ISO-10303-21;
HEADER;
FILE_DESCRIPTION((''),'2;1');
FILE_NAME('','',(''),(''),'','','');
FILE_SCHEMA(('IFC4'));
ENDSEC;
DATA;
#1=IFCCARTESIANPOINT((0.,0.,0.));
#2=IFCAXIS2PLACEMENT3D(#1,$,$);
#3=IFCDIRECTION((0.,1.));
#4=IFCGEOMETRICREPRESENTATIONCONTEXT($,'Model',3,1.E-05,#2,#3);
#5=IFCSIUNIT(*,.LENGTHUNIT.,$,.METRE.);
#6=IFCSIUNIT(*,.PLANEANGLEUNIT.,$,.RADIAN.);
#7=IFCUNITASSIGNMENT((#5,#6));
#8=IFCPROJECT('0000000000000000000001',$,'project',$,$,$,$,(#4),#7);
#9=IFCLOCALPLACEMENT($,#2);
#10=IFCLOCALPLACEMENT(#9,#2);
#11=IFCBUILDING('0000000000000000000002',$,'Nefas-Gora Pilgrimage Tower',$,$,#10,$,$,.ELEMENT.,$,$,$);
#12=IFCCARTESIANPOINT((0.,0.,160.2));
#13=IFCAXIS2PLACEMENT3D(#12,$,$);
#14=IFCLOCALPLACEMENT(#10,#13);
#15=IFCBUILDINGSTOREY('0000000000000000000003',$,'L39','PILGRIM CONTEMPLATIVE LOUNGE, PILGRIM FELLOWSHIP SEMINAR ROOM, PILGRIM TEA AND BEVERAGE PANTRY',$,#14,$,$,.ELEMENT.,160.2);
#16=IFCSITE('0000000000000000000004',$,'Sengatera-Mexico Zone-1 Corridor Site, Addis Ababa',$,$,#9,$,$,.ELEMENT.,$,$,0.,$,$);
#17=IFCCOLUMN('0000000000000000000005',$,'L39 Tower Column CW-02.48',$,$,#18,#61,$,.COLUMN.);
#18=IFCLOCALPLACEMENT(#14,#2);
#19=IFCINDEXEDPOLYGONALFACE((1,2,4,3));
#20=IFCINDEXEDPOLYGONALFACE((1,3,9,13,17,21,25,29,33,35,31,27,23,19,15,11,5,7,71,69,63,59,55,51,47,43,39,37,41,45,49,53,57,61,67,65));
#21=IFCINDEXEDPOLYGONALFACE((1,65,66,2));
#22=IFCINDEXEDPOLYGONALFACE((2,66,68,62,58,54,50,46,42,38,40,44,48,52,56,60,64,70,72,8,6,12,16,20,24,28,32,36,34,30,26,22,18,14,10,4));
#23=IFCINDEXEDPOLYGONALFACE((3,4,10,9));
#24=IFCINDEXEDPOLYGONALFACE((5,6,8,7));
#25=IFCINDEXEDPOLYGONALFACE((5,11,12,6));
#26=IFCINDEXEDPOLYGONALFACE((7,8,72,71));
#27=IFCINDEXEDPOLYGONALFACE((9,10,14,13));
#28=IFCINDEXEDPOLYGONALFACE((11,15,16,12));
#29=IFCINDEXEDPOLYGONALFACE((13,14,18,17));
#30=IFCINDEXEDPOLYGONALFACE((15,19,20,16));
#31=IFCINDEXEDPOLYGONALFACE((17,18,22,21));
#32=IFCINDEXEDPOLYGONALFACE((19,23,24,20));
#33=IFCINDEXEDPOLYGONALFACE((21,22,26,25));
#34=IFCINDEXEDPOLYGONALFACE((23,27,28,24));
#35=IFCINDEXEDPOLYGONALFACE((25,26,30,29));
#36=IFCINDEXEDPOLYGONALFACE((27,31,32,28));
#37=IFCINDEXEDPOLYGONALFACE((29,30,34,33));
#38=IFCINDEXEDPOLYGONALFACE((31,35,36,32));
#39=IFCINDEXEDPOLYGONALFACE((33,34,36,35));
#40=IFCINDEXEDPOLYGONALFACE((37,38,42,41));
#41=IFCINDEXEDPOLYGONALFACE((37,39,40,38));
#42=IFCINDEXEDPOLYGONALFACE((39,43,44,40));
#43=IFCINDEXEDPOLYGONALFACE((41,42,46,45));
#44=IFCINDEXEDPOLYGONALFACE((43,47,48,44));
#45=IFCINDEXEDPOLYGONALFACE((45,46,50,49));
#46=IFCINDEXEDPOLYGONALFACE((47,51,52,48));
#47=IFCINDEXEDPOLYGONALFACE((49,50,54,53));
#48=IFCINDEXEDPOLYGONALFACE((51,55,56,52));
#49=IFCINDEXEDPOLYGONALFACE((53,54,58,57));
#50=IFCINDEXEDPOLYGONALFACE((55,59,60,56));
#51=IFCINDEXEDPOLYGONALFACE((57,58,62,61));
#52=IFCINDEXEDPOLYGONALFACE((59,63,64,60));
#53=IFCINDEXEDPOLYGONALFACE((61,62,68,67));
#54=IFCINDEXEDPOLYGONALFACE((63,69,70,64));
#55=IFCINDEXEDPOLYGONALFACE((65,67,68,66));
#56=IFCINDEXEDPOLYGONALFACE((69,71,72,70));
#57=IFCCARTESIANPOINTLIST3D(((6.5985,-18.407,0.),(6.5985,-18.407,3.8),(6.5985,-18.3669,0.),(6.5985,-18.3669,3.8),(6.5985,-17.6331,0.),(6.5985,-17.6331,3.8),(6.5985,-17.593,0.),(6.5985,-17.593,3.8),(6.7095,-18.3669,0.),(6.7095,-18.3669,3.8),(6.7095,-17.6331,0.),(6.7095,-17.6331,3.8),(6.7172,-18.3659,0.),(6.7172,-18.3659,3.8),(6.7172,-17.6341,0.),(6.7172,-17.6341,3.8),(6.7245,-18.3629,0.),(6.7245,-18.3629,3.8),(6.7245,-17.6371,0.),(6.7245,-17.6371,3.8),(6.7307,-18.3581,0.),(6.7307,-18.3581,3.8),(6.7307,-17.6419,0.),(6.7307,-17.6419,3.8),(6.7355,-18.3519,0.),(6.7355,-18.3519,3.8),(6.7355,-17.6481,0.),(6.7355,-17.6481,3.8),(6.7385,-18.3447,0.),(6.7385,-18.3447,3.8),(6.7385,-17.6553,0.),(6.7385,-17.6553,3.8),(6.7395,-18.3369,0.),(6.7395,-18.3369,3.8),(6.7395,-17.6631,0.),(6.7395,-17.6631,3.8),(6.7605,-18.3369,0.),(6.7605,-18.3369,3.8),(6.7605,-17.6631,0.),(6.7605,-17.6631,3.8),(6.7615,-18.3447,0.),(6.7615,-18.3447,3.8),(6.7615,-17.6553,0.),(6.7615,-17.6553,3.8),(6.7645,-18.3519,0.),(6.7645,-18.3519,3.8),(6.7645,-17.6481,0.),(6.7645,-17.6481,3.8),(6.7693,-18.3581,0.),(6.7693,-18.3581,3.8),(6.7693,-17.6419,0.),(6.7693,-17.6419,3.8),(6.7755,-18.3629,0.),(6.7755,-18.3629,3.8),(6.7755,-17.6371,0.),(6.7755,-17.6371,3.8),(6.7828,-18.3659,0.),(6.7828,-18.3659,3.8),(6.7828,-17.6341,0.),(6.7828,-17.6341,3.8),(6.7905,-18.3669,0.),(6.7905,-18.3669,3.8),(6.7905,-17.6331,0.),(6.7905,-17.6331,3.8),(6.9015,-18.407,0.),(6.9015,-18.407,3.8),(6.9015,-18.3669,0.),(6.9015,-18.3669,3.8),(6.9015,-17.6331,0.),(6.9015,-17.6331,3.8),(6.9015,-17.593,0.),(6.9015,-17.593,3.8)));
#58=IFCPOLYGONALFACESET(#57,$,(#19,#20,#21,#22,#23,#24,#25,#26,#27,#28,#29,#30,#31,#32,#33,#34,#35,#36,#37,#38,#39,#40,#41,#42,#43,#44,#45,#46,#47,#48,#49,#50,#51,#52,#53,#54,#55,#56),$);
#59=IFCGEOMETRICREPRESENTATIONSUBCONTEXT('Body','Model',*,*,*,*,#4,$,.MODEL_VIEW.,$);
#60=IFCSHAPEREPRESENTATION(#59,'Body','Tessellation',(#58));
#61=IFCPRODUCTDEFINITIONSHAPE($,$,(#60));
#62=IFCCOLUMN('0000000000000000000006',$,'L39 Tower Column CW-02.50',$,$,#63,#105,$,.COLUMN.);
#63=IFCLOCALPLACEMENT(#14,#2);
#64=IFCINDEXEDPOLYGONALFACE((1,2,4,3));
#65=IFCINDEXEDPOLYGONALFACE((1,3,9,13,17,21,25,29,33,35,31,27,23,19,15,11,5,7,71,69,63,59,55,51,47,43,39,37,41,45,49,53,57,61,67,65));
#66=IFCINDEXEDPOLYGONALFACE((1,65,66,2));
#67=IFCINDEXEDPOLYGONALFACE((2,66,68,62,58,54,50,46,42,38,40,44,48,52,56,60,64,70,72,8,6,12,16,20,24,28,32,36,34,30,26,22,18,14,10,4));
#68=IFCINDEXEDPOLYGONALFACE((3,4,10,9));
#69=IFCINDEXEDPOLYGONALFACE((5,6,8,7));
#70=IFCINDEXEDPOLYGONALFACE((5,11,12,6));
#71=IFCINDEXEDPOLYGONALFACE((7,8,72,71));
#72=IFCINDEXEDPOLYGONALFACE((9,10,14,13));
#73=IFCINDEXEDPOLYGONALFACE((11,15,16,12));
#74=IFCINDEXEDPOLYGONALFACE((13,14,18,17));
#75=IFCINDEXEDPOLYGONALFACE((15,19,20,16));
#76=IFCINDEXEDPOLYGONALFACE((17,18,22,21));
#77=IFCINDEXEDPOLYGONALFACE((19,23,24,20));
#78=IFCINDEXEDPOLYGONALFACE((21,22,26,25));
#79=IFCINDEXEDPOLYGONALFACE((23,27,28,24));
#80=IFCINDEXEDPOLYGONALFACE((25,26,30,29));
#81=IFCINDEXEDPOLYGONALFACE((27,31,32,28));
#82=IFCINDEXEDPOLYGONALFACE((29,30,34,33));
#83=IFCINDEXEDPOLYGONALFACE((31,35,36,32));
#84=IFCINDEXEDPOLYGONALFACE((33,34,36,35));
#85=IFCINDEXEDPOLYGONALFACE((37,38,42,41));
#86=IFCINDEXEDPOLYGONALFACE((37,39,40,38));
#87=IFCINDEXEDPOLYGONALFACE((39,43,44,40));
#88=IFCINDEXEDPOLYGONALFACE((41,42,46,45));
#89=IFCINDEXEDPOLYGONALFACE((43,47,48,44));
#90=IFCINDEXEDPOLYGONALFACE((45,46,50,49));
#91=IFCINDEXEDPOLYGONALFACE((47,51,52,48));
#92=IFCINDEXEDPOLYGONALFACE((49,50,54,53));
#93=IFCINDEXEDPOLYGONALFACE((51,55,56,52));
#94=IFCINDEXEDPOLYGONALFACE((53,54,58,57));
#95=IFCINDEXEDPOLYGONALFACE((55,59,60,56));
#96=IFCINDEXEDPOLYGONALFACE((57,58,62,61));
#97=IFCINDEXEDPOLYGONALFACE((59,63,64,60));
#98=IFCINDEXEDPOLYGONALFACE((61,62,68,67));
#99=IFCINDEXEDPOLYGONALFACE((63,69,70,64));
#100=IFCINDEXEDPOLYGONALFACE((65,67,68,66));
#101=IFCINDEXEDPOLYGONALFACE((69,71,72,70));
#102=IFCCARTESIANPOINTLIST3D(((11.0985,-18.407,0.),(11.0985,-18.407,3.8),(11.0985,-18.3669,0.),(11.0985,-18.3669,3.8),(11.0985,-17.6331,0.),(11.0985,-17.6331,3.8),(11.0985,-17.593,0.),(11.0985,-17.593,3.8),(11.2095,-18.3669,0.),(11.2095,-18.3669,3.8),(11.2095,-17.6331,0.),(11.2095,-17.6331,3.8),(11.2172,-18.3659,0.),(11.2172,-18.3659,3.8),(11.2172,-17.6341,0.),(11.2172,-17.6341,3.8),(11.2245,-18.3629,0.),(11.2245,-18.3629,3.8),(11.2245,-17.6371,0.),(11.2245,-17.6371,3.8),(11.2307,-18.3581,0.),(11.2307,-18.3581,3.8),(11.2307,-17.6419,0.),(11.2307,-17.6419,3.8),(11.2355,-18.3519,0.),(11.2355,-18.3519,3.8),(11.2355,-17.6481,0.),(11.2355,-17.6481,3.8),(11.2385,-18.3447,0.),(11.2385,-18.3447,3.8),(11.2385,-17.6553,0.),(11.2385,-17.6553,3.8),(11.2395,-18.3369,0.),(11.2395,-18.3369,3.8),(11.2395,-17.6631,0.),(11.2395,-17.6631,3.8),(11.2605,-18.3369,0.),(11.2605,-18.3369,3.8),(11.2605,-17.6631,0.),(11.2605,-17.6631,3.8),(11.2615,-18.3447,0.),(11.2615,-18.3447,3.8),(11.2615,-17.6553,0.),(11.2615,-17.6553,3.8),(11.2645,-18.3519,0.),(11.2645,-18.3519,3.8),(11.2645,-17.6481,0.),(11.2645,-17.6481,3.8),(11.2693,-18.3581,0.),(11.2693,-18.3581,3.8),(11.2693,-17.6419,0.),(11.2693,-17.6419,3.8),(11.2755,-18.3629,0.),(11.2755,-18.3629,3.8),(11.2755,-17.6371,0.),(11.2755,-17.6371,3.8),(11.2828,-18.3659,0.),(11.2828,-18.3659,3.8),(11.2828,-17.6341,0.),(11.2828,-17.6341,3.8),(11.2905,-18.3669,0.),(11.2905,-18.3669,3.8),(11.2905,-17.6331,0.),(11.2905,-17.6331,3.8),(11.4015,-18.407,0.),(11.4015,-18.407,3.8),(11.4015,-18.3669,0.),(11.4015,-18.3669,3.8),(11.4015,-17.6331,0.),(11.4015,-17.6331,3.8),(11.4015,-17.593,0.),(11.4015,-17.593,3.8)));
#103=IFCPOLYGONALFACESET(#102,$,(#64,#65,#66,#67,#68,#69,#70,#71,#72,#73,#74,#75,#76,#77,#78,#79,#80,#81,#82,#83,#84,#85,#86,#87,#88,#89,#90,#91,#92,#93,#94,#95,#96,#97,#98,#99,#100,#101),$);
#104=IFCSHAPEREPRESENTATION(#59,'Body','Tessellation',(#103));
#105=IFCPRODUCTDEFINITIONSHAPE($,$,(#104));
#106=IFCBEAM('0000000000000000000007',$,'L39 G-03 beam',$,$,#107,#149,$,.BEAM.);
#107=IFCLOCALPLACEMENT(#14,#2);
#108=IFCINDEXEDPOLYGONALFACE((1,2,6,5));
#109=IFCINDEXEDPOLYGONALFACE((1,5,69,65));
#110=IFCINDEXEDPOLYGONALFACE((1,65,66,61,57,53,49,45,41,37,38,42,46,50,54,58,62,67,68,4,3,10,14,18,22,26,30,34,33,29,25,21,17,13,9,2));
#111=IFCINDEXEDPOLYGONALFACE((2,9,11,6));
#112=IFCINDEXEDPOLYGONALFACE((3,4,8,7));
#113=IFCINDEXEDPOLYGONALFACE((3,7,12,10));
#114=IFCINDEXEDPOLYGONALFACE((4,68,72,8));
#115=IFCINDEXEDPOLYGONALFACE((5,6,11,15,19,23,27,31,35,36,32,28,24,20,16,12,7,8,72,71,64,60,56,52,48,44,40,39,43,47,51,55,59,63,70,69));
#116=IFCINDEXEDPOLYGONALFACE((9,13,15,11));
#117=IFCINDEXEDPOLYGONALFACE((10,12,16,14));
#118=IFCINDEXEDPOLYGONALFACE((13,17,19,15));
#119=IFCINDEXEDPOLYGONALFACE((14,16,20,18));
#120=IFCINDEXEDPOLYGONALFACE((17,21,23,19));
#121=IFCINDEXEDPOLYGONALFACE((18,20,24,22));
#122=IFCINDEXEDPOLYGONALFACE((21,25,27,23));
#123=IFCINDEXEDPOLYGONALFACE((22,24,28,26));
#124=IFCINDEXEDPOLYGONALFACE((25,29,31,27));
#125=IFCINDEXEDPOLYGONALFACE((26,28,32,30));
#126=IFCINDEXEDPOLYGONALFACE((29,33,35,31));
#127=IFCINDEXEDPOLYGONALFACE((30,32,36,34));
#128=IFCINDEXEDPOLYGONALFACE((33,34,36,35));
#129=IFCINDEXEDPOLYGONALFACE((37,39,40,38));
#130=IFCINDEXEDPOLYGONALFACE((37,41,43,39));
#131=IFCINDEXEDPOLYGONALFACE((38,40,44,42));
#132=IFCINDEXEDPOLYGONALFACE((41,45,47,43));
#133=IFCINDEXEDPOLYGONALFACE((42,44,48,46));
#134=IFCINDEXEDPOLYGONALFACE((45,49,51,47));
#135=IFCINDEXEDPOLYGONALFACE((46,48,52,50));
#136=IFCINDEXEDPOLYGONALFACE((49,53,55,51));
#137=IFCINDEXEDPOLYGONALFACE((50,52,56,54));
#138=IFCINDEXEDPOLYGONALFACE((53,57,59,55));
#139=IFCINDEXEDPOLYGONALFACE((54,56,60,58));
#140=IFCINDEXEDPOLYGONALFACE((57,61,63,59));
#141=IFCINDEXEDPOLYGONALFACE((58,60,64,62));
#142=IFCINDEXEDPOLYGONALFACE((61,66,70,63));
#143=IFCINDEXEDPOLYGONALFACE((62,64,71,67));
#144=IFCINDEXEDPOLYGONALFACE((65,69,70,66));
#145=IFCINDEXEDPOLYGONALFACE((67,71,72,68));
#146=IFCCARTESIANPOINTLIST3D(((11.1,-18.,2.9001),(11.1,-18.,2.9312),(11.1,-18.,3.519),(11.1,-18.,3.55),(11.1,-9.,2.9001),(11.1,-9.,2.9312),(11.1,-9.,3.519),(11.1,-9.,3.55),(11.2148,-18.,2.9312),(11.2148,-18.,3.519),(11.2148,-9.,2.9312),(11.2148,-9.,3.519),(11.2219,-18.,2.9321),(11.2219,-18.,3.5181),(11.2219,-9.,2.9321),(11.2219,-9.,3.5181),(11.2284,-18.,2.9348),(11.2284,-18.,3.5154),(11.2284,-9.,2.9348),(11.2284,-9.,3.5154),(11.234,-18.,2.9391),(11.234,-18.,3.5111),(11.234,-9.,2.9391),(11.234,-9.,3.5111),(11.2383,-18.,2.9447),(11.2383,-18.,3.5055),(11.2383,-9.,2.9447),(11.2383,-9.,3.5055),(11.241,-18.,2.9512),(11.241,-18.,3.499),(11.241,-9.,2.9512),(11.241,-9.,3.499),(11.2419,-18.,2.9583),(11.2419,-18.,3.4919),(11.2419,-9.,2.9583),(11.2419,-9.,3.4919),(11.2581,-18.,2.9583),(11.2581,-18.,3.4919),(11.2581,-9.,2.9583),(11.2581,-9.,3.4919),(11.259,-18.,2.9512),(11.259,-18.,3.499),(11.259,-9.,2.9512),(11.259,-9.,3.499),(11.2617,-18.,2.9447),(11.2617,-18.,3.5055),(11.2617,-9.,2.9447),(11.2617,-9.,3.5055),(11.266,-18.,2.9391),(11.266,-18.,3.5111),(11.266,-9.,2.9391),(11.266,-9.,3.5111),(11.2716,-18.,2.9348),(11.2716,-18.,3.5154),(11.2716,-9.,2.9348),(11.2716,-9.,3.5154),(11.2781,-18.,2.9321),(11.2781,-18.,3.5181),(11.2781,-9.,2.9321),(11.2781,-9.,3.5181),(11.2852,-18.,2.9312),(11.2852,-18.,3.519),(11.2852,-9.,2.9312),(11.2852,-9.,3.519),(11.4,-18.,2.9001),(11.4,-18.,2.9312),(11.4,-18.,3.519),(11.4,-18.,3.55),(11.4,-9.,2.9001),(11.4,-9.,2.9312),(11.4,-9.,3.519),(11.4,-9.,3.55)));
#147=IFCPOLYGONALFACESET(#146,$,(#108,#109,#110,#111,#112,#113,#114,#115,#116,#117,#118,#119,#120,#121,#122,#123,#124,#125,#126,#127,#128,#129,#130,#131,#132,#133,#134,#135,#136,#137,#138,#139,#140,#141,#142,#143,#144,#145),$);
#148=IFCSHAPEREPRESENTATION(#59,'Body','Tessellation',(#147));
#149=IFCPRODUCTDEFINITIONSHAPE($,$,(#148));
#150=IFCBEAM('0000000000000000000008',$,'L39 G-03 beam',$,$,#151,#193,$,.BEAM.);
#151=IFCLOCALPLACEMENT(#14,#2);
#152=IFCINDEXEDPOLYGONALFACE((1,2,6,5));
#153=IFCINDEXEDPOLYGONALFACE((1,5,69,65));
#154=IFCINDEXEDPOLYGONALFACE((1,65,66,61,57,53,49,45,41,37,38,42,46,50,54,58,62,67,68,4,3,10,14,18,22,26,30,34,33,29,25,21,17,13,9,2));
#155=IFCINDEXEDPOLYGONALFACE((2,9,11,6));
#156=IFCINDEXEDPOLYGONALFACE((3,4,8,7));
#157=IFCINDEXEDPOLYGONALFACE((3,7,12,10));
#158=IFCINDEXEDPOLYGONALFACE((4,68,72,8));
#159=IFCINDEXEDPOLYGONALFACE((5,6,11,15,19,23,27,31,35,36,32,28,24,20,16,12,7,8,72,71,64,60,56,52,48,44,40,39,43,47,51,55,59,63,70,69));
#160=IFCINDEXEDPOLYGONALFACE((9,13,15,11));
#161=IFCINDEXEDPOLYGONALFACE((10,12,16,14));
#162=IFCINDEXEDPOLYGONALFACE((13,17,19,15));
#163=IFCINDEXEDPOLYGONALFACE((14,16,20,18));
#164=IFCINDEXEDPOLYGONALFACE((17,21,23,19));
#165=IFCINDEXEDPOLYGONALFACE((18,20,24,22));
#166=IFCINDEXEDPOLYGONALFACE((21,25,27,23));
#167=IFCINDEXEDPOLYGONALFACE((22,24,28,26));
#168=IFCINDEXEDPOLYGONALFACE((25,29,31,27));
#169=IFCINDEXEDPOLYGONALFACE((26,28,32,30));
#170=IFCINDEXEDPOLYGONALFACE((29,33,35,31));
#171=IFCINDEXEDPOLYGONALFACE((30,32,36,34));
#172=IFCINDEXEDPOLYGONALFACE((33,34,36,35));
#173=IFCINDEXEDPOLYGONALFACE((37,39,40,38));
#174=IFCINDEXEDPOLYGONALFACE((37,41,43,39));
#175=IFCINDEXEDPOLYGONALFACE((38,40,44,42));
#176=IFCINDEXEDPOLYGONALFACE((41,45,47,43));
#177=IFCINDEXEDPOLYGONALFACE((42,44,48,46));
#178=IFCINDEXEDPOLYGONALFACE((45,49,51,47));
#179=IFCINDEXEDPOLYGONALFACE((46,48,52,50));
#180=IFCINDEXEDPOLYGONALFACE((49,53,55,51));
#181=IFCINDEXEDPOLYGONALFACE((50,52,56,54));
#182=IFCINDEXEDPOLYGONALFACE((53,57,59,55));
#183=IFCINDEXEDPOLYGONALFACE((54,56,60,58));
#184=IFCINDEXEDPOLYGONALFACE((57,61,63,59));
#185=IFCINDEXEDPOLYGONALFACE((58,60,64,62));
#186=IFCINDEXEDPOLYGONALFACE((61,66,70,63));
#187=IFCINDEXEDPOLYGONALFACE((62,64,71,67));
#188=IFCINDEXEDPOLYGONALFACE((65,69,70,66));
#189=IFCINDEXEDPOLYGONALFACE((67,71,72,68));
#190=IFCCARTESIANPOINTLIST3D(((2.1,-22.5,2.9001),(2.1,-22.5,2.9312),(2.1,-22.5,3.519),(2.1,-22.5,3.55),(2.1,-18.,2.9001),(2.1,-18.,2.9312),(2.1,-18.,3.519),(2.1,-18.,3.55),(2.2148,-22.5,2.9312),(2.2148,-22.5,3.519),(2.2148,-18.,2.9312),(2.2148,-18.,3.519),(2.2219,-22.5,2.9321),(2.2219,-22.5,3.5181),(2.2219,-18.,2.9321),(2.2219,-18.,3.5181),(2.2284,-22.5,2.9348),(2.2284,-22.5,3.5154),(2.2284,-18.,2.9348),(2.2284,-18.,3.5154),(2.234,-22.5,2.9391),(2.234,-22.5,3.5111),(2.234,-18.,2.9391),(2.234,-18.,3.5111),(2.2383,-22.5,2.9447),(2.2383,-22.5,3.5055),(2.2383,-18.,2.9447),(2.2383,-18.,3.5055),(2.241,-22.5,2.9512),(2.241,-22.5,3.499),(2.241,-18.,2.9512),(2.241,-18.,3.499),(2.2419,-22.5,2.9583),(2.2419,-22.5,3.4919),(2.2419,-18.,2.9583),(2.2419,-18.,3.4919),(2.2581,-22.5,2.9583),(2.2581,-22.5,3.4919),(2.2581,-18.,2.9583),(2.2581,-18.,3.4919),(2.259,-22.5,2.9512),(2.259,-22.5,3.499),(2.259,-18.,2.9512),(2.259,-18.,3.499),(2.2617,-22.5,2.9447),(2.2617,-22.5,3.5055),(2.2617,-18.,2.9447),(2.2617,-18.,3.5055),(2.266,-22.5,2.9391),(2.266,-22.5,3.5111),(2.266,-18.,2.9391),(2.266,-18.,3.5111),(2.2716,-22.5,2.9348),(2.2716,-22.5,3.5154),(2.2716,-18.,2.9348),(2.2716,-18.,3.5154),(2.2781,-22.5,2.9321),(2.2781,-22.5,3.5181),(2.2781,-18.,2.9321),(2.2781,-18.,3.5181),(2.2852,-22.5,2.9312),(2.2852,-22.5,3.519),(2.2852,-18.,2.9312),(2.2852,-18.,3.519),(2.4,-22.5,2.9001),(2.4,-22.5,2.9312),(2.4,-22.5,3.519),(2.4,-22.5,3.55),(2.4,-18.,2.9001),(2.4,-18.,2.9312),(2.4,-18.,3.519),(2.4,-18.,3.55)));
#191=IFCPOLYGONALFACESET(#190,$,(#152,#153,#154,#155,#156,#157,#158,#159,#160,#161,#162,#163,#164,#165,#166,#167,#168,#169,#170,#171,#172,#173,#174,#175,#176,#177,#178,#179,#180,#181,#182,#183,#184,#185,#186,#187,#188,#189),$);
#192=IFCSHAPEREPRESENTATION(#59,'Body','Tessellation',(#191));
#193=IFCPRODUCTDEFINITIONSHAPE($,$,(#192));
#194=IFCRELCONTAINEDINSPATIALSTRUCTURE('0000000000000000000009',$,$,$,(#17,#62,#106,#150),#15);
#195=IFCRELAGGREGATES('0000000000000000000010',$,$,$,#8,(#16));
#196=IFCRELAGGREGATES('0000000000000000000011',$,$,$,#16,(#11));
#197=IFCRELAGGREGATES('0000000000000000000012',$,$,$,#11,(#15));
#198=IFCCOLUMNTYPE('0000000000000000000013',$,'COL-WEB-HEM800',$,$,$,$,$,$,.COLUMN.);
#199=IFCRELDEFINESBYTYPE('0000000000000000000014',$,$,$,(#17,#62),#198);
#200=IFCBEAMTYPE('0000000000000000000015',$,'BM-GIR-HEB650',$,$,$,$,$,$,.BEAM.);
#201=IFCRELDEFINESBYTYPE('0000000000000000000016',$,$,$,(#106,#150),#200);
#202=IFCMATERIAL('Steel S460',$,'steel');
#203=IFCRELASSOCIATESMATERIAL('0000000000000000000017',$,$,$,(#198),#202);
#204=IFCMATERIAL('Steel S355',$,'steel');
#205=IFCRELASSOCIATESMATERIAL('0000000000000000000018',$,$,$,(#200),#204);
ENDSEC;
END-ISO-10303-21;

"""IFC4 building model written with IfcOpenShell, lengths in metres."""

from ifc_helpers import new_model, si_unit, direction, frame, origin, origin_2d, place, context, subcontext, project, spatial, i_section, extrude, source, transform, mapped, material, material_profile, profile_set, type_object, element, save


model = new_model("IFC4")

# Units and contexts
model_context = context("Model", 3, precision=1e-05, world=origin(), true_north=direction((0.0, 1.0)))
body_context = subcontext(model_context, "Body", "Model", "MODEL_VIEW")
ifc_project = project(units=[si_unit("LENGTHUNIT", "METRE"), si_unit("PLANEANGLEUNIT", "RADIAN")], contexts=[model_context])

# Site, building, storey
site_placement = place(None, origin())
site = spatial("IfcSite", under=ifc_project, at=site_placement, Name="Sengatera-Mexico Zone-1 Corridor Site, Addis Ababa", CompositionType="ELEMENT", RefElevation=0.0)
building_placement = place(site_placement, origin())
building = spatial("IfcBuilding", under=site, at=building_placement, Name="Nefas-Gora Pilgrimage Tower", CompositionType="ELEMENT")
storey_placement = place(building_placement, frame((0.0, 0.0, 160.2)))
storey = spatial("IfcBuildingStorey", under=building, at=storey_placement, Name="L39", Description="PILGRIM CONTEMPLATIVE LOUNGE, PILGRIM FELLOWSHIP SEMINAR ROOM, PILGRIM TEA AND BEVERAGE PANTRY", CompositionType="ELEMENT", Elevation=160.2)

# Columns
ifc_material_1 = material(Name="Steel S460", Category="steel")
ifc_material_profile_1 = material_profile(ifc_material_1, i_section(OverallWidth=0.303, OverallDepth=0.814, WebThickness=0.021, FlangeThickness=0.04, FilletRadius=0.03, at=origin_2d()), Name="HEM 800")
ifc_profile_set_1 = profile_set([ifc_material_profile_1], Name="Steel S460")
column_type_1 = type_object("IfcColumnType", Name="COL-WEB-HEM800", PredefinedType="COLUMN", material=ifc_profile_set_1)
shared_shape_1 = source(origin(), body_context, "Body", "SweptSolid", [
    extrude(i_section(OverallWidth=0.303, OverallDepth=0.814, WebThickness=0.021, FlangeThickness=0.04, FilletRadius=0.03, at=origin_2d()), origin(), (0.0, 0.0, 1.0), 3.8),
])
for number, where, z_axis, x_axis, name in (
    (1, (6.75, -18.0, 0.0), (0.0, 0.0, 1.0), (1.0, 0.0, 0.0), "L39 Tower Column CW-02.48"),
    (2, (11.25, -18.0, 0.0), (0.0, 0.0, 1.0), (1.0, 0.0, 0.0), "L39 Tower Column CW-02.50"),
):
    element("IfcColumn", number, at=place(storey_placement, frame(where, z_axis=z_axis, x_axis=x_axis)), inside=storey, type_object=column_type_1, Name=name, PredefinedType="COLUMN", context=body_context, shape_type="MappedRepresentation", body=[
        mapped(shared_shape_1, transform((0.0, 0.0, 0.0), x_axis=(1.0, 0.0, 0.0), y_axis=(0.0, 1.0, 0.0), z_axis=(0.0, 0.0, 1.0), scale=1.0)),
    ])

# Beams
ifc_material_2 = material(Name="Steel S355", Category="steel")
ifc_material_profile_2 = material_profile(ifc_material_2, i_section(OverallWidth=0.3, OverallDepth=0.6499, WebThickness=0.0161, FlangeThickness=0.031, FilletRadius=0.0271, at=origin_2d()), Name="HEB 650")
ifc_profile_set_2 = profile_set([ifc_material_profile_2], Name="Steel S355")
beam_type = type_object("IfcBeamType", Name="BM-GIR-HEB650", PredefinedType="BEAM", material=ifc_profile_set_2)
shared_shape_2 = source(origin(), body_context, "Body", "SweptSolid", [
    extrude(i_section(OverallWidth=0.3, OverallDepth=0.6499, WebThickness=0.0161, FlangeThickness=0.031, FilletRadius=0.0271, at=origin_2d()), origin(), (0.0, 0.0, 1.0), 9.0),
])
beam_1_placement = place(storey_placement, frame((11.25, -18.0, 3.2251), z_axis=(0.0, 1.0, 0.0), x_axis=(-1.0, 0.0, 0.0)))
element("IfcBeam", 3, at=beam_1_placement, inside=storey, type_object=beam_type, Name="L39 G-03 beam", PredefinedType="BEAM", context=body_context, shape_type="MappedRepresentation", body=[
    mapped(shared_shape_2, transform((0.0, 0.0, 0.0), x_axis=(1.0, 0.0, 0.0), y_axis=(0.0, 1.0, 0.0), z_axis=(0.0, 0.0, 1.0), scale=1.0)),
])
shared_shape_3 = source(origin(), body_context, "Body", "SweptSolid", [
    extrude(i_section(OverallWidth=0.3, OverallDepth=0.6499, WebThickness=0.0161, FlangeThickness=0.031, FilletRadius=0.0271, at=origin_2d()), origin(), (0.0, 0.0, 1.0), 4.5),
])
for number, where, z_axis, x_axis, name in (
    (4, (2.25, -22.5, 3.2251), (0.0, 1.0, 0.0), (-1.0, 0.0, 0.0), "L39 G-03 beam"),
):
    element("IfcBeam", number, at=place(storey_placement, frame(where, z_axis=z_axis, x_axis=x_axis)), inside=storey, type_object=beam_type, Name=name, PredefinedType="BEAM", context=body_context, shape_type="MappedRepresentation", body=[
        mapped(shared_shape_3, transform((0.0, 0.0, 0.0), x_axis=(1.0, 0.0, 0.0), y_axis=(0.0, 1.0, 0.0), z_axis=(0.0, 0.0, 1.0), scale=1.0)),
    ])

save(model, "model.ifc")
